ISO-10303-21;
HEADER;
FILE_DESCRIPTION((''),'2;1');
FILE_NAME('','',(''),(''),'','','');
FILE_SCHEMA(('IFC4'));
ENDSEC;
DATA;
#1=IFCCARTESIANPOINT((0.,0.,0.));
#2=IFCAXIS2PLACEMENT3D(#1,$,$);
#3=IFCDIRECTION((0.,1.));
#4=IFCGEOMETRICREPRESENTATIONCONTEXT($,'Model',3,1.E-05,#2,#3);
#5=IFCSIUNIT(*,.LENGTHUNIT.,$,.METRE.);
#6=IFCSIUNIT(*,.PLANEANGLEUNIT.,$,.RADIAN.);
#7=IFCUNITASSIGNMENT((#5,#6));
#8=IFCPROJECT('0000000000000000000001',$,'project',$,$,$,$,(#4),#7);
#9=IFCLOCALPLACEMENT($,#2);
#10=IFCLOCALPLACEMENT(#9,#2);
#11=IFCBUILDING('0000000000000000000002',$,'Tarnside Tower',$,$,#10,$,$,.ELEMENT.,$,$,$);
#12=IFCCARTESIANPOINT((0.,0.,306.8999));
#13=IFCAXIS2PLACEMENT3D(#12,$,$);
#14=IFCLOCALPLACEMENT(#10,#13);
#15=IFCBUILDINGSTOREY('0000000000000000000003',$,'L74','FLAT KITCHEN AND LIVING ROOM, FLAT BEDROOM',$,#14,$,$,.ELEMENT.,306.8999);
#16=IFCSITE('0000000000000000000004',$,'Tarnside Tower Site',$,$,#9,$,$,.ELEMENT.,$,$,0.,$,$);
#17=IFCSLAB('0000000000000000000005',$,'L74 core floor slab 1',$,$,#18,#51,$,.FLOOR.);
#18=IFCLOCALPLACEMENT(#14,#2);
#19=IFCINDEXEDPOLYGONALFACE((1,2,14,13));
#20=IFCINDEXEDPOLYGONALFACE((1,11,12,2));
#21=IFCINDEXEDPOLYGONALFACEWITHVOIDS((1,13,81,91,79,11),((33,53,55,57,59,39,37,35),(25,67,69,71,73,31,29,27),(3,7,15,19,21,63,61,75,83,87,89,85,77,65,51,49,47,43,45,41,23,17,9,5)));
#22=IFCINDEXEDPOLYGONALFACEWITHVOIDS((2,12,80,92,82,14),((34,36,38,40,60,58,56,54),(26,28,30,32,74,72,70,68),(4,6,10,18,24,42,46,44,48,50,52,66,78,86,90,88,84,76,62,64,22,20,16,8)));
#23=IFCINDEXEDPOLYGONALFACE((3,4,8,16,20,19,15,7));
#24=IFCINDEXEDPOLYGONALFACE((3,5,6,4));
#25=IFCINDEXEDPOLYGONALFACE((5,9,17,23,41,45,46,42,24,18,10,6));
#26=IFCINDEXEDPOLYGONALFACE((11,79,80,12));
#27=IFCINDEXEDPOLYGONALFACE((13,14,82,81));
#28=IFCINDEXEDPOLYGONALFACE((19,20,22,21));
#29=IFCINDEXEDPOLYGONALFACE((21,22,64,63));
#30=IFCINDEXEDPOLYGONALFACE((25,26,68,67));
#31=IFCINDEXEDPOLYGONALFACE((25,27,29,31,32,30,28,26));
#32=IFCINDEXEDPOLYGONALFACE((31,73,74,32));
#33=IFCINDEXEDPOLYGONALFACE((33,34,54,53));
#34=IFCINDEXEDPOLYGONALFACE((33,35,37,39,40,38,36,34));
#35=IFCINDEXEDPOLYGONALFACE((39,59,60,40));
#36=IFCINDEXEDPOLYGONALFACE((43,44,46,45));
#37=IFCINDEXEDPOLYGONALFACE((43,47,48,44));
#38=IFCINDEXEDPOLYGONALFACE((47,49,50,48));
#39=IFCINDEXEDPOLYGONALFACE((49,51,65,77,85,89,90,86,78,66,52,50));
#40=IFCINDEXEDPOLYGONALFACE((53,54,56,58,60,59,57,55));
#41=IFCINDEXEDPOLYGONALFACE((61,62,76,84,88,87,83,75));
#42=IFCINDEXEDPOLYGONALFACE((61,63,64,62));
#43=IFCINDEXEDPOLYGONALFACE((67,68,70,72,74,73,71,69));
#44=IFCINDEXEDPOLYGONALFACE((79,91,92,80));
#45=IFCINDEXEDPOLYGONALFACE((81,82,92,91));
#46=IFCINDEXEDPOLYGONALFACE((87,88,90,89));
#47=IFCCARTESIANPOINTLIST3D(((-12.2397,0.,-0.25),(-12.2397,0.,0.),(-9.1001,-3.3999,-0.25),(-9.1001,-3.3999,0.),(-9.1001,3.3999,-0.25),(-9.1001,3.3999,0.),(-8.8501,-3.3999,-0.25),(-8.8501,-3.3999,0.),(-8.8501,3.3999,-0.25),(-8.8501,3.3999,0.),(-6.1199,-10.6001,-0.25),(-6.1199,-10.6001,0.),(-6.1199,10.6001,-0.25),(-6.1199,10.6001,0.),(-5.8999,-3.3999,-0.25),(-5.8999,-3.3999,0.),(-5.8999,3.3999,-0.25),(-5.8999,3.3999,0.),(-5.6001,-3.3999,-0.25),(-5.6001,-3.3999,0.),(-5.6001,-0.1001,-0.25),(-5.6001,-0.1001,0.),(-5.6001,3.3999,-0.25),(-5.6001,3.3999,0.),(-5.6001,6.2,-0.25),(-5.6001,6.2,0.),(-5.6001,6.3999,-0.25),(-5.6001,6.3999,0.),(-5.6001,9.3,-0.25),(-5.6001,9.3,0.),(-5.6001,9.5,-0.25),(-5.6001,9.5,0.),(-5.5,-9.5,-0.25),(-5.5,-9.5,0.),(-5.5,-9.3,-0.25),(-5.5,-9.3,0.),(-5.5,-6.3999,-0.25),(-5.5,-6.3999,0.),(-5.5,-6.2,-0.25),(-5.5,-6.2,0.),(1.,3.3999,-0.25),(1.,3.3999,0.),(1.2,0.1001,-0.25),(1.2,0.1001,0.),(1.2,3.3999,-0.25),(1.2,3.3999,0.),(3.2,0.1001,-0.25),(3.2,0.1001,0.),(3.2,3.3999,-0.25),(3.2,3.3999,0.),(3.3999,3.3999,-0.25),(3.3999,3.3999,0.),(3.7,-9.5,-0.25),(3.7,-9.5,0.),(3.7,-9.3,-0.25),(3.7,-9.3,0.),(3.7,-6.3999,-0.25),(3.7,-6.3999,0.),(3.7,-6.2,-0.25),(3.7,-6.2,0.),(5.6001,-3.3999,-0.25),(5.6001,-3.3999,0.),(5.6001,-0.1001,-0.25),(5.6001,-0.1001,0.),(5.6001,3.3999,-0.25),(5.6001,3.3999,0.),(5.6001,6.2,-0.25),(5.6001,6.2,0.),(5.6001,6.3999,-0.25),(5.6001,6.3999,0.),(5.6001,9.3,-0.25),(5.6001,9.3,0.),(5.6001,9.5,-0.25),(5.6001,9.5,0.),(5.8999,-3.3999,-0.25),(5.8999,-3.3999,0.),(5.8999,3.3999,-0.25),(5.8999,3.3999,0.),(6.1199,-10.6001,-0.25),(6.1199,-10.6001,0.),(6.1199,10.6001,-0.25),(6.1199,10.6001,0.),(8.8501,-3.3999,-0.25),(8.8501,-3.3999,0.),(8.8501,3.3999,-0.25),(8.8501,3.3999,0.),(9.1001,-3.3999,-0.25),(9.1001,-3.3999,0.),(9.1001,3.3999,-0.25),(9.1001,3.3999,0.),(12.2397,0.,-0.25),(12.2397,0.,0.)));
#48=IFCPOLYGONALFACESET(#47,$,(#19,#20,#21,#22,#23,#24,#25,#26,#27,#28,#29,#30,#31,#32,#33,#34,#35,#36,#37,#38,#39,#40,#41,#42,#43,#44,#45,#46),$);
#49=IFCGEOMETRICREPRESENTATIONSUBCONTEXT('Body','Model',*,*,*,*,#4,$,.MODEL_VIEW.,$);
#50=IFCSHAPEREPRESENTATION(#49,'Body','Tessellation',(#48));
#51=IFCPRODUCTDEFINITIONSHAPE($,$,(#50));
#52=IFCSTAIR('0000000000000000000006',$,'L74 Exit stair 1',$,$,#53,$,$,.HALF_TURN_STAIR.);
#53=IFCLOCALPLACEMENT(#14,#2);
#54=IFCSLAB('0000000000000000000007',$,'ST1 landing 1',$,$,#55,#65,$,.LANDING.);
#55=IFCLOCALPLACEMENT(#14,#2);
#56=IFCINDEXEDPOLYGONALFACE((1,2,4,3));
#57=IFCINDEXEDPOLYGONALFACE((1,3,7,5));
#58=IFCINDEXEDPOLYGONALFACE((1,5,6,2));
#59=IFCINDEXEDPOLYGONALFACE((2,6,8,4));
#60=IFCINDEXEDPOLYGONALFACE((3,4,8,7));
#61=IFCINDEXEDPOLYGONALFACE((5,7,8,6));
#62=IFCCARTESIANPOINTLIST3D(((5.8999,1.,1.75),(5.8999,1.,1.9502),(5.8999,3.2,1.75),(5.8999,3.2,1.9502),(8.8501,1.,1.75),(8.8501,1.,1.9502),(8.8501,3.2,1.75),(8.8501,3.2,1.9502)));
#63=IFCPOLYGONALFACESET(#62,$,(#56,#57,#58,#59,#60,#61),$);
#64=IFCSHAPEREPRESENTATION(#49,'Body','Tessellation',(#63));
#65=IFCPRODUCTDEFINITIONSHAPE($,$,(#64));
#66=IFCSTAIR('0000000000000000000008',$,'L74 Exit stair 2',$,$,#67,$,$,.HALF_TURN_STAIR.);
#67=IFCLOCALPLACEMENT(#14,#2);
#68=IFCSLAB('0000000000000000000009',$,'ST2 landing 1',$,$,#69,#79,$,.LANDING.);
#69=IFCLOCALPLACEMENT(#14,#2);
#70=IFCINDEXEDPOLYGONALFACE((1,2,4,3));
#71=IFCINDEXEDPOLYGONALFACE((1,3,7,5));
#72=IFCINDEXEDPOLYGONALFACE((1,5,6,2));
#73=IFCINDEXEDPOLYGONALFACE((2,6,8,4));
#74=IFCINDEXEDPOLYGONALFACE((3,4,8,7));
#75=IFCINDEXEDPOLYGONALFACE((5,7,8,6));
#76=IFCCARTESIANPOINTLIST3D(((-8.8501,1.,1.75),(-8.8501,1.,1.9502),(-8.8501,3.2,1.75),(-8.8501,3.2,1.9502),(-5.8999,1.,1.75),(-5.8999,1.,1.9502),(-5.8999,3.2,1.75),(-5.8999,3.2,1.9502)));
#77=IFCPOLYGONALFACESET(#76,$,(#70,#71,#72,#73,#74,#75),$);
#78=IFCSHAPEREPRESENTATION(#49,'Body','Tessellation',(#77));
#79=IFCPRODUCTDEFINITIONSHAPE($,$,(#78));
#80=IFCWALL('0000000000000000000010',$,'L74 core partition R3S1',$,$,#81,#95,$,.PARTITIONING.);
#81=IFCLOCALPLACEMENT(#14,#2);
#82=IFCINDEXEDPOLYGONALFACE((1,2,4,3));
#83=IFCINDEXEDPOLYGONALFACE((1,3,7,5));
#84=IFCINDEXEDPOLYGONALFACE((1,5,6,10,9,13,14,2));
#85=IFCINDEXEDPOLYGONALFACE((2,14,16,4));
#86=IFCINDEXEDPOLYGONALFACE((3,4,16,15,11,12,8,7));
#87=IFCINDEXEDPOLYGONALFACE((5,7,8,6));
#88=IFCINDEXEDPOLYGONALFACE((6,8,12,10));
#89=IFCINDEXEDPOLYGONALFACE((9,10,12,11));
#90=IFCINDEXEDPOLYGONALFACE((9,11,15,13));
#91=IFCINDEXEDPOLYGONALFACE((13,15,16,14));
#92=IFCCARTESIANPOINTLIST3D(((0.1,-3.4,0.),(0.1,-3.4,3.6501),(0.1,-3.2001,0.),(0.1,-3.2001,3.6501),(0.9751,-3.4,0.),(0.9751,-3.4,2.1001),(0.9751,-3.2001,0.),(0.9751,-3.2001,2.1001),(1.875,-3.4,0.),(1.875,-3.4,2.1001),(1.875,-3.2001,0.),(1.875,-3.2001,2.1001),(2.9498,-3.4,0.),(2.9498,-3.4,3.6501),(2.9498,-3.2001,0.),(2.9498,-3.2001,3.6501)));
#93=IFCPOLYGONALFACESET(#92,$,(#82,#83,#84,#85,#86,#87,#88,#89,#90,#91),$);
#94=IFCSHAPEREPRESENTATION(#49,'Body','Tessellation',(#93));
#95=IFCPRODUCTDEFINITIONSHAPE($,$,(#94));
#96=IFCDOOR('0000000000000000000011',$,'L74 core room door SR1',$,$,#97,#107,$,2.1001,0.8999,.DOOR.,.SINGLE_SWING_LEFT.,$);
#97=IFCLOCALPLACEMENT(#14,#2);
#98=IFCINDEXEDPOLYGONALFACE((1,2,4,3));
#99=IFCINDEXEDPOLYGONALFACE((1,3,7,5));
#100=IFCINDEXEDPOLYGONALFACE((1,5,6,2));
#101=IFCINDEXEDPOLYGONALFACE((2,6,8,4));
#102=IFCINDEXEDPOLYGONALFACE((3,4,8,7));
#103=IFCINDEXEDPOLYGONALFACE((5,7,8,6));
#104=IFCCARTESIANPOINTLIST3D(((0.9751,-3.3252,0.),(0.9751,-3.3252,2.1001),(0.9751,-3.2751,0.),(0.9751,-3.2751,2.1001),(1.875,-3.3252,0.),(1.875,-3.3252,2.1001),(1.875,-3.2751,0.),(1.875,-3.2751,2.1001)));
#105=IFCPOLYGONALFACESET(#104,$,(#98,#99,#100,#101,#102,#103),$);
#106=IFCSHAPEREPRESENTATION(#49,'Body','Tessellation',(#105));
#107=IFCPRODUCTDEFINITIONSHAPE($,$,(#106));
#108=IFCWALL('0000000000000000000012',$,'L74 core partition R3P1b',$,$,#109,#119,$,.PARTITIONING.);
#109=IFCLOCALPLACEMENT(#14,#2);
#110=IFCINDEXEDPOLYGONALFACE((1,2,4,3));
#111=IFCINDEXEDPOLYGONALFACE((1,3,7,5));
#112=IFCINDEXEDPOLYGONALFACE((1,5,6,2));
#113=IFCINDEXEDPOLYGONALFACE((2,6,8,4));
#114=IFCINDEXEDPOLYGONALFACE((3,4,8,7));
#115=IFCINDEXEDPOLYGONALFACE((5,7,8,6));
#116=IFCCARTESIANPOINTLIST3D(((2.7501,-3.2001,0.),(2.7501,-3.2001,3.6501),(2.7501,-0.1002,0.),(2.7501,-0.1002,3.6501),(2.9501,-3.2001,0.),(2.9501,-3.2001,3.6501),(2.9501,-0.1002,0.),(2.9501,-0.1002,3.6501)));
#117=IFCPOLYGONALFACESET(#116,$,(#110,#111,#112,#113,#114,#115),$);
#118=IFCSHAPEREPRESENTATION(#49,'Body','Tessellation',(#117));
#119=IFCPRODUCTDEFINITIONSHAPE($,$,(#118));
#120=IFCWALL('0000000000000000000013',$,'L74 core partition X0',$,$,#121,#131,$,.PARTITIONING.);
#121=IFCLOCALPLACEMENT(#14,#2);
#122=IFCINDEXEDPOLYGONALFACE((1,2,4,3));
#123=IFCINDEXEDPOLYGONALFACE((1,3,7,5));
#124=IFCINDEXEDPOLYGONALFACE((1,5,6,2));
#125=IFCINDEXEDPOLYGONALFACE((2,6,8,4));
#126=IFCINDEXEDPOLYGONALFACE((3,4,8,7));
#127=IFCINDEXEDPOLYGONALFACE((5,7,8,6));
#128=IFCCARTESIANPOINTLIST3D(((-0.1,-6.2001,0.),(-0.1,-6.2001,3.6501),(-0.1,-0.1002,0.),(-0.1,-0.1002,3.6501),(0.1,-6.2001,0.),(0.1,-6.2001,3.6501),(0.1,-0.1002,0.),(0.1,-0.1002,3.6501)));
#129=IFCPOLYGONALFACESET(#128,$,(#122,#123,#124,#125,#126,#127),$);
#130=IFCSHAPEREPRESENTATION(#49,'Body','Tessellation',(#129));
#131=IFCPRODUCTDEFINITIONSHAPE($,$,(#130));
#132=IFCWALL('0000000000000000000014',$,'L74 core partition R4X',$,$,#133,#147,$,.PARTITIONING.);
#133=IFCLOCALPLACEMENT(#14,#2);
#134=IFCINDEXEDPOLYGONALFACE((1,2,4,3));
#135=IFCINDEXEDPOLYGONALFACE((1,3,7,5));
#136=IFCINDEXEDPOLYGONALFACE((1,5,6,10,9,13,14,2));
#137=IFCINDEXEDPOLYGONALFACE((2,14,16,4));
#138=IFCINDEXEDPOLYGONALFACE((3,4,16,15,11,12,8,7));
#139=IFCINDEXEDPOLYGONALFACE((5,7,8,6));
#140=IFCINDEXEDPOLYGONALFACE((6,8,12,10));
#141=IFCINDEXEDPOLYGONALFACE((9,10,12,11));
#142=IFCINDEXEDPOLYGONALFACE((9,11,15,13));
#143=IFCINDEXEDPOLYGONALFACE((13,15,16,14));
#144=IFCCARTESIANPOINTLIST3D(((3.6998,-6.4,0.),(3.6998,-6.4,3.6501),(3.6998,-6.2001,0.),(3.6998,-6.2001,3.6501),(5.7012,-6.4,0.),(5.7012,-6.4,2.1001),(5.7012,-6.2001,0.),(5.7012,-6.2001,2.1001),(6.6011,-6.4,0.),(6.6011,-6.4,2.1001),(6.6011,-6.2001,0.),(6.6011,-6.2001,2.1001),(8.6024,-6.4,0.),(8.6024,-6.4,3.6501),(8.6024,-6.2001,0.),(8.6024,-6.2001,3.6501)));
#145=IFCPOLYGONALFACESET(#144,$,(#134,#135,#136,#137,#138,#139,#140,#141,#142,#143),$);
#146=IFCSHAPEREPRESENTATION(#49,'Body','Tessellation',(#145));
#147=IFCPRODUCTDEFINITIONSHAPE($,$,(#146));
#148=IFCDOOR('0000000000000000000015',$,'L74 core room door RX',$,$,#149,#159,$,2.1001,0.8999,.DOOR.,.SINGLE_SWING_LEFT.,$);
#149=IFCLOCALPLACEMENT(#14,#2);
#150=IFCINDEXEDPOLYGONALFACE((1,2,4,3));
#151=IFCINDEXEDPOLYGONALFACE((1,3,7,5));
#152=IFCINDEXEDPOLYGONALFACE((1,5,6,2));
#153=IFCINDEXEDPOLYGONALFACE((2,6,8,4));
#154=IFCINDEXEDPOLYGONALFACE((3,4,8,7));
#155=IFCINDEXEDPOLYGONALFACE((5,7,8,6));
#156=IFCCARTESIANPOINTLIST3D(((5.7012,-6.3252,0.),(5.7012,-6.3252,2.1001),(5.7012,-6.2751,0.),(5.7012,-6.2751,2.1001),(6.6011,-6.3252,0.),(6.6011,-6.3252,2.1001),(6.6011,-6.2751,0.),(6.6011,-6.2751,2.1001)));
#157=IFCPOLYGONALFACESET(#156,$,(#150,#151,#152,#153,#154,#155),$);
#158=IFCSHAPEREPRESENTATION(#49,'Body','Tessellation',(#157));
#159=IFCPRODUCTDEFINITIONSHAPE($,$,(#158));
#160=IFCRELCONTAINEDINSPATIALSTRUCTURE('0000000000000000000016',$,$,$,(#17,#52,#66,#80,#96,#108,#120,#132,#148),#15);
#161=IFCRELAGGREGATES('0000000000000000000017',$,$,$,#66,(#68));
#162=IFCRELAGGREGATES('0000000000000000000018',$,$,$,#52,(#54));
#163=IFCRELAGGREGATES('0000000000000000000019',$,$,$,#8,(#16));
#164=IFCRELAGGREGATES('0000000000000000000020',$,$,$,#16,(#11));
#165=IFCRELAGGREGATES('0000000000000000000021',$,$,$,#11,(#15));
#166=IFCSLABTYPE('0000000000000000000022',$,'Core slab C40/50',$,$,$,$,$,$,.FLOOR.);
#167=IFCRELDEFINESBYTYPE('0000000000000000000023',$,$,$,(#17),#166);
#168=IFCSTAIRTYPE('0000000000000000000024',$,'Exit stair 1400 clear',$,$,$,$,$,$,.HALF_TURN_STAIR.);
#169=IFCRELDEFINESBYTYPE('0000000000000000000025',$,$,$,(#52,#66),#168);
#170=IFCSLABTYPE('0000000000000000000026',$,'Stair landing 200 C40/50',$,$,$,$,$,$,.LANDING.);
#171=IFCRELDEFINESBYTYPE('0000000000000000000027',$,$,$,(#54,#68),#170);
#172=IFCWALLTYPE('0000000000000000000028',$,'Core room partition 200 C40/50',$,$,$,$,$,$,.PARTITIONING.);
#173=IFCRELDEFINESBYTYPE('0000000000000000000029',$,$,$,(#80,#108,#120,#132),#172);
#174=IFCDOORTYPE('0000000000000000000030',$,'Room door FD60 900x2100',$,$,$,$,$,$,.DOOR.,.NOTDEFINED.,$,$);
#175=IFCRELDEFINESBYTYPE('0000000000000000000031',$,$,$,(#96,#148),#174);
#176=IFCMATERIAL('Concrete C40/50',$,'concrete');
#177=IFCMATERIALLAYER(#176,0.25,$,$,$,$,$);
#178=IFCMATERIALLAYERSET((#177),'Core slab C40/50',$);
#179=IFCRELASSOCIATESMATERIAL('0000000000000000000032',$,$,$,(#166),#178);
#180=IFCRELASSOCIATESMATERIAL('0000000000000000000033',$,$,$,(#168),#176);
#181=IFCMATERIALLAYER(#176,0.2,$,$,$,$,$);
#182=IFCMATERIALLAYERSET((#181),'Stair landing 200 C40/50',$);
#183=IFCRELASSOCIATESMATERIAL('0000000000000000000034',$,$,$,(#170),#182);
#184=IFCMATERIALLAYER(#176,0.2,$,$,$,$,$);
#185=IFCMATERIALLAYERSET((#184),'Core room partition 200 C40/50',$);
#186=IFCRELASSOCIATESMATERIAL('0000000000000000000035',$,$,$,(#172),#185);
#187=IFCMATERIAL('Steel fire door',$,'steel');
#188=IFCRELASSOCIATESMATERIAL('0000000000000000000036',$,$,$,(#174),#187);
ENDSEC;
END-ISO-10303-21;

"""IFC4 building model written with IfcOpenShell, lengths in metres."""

from ifc_helpers import new_model, si_unit, direction, frame, frame_2d, origin, place, context, subcontext, project, spatial, polyline, rectangle, outline, extrude, material, layer, layer_set, type_object, element, fill, aggregate, save


model = new_model("IFC4")

# Units and contexts
model_context = context("Model", 3, precision=1e-05, world=origin(), true_north=direction((0.0, 1.0)))
body_context = subcontext(model_context, "Body", "Model", "MODEL_VIEW")
ifc_project = project(units=[si_unit("LENGTHUNIT", "METRE"), si_unit("PLANEANGLEUNIT", "RADIAN")], contexts=[model_context])

# Site, building, storey
site_placement = place(None, origin())
site = spatial("IfcSite", under=ifc_project, at=site_placement, Name="Tarnside Tower Site", CompositionType="ELEMENT", RefElevation=0.0)
building_placement = place(site_placement, origin())
building = spatial("IfcBuilding", under=site, at=building_placement, Name="Tarnside Tower", CompositionType="ELEMENT")
storey_placement = place(building_placement, frame((0.0, 0.0, 306.8999)))
storey = spatial("IfcBuildingStorey", under=building, at=storey_placement, Name="L74", Description="FLAT KITCHEN AND LIVING ROOM, FLAT BEDROOM", CompositionType="ELEMENT", Elevation=306.8999)

# Slab
ifc_material_1 = material(Name="Concrete C40/50", Category="concrete")
ifc_layer_1 = layer(ifc_material_1, 0.25)
ifc_layer_set_1 = layer_set([ifc_layer_1], Name="Core slab C40/50")
slab_type_1 = type_object("IfcSlabType", Name="Core slab C40/50", PredefinedType="FLOOR", material=ifc_layer_set_1)
slab_1_placement = place(storey_placement, frame((0.0, 0.0, -0.25)))
element("IfcSlab", 1, at=slab_1_placement, inside=storey, type_object=slab_type_1, Name="L74 core floor slab 1", PredefinedType="FLOOR", context=body_context, shape_type="SweptSolid", body=[
    extrude(outline(polyline([(6.1199, 10.6001), (12.2397, 0.0), (6.1199, -10.6001), (-6.1199, -10.6001), (-12.2397, 0.0), (-6.1199, 10.6001), (6.1199, 10.6001)]), holes=[polyline([(-5.5, -9.5), (3.7, -9.5), (3.7, -9.3), (3.7, -6.3999), (3.7, -6.2), (-5.5, -6.2), (-5.5, -6.3999), (-5.5, -9.3), (-5.5, -9.5)]), polyline([(-5.6001, -3.3999), (-5.6001, -0.1001), (5.6001, -0.1001), (5.6001, -3.3999), (5.8999, -3.3999), (8.8501, -3.3999), (9.1001, -3.3999), (9.1001, 3.3999), (8.8501, 3.3999), (5.8999, 3.3999), (5.6001, 3.3999), (3.3999, 3.3999), (3.2, 3.3999), (3.2, 0.1001), (1.2, 0.1001), (1.2, 3.3999), (1.0, 3.3999), (-5.6001, 3.3999), (-5.8999, 3.3999), (-8.8501, 3.3999), (-9.1001, 3.3999), (-9.1001, -3.3999), (-8.8501, -3.3999), (-5.8999, -3.3999), (-5.6001, -3.3999)]), polyline([(-5.6001, 6.2), (5.6001, 6.2), (5.6001, 6.3999), (5.6001, 9.3), (5.6001, 9.5), (-5.6001, 9.5), (-5.6001, 9.3), (-5.6001, 6.3999), (-5.6001, 6.2)])]), origin(), (0.0, 0.0, 1.0), 0.25),
])

# Stairs, slabs
stair_type = type_object("IfcStairType", Name="Exit stair 1400 clear", PredefinedType="HALF_TURN_STAIR", material=ifc_material_1)
stair_1_placement = place(storey_placement, origin())
stair_1 = element("IfcStair", 2, at=stair_1_placement, inside=storey, type_object=stair_type, Name="L74 Exit stair 1", PredefinedType="HALF_TURN_STAIR")
ifc_layer_2 = layer(ifc_material_1, 0.2)
ifc_layer_set_2 = layer_set([ifc_layer_2], Name="Stair landing 200 C40/50")
slab_type_2 = type_object("IfcSlabType", Name="Stair landing 200 C40/50", PredefinedType="LANDING", material=ifc_layer_set_2)
slab_2_placement = place(storey_placement, frame((0.0, 0.0, 1.75)))
slab_2 = element("IfcSlab", 3, at=slab_2_placement, type_object=slab_type_2, Name="ST1 landing 1", PredefinedType="LANDING", context=body_context, shape_type="SweptSolid", body=[
    extrude(outline(polyline([(8.8501, 1.0), (8.8501, 3.2), (5.8999, 3.2), (5.8999, 1.0), (8.8501, 1.0)])), origin(), (0.0, 0.0, 1.0), 0.2002),
])
stair_2_placement = place(storey_placement, origin())
stair_2 = element("IfcStair", 4, at=stair_2_placement, inside=storey, type_object=stair_type, Name="L74 Exit stair 2", PredefinedType="HALF_TURN_STAIR")
slab_3_placement = place(storey_placement, frame((0.0, 0.0, 1.75)))
slab_3 = element("IfcSlab", 5, at=slab_3_placement, type_object=slab_type_2, Name="ST2 landing 1", PredefinedType="LANDING", context=body_context, shape_type="SweptSolid", body=[
    extrude(outline(polyline([(-5.8999, 1.0), (-5.8999, 3.2), (-8.8501, 3.2), (-8.8501, 1.0), (-5.8999, 1.0)])), origin(), (0.0, 0.0, 1.0), 0.2002),
])
aggregate(stair_2, [slab_3])

# Wall, opening, door
ifc_layer_3 = layer(ifc_material_1, 0.2)
ifc_layer_set_3 = layer_set([ifc_layer_3], Name="Core room partition 200 C40/50")
wall_type_1 = type_object("IfcWallType", Name="Core room partition 200 C40/50", PredefinedType="PARTITIONING", material=ifc_layer_set_3)
wall_1_placement = place(storey_placement, frame((0.1001, -3.3, 0.0), z_axis=(0.0, 0.0, 1.0), x_axis=(1.0, 0.0, 0.0)))
wall_1 = element("IfcWall", 6, at=wall_1_placement, inside=storey, type_object=wall_type_1, Name="L74 core partition R3S1", PredefinedType="PARTITIONING", context=body_context, shape_type="SweptSolid", body=[
    extrude(rectangle(XDim=2.8499, YDim=0.2, at=frame_2d((1.4248, 0.0))), origin(), (0.0, 0.0, 1.0), 3.6501),
])
opening_1_placement = place(wall_1_placement, frame((0.875, 0.0, 0.0)))
opening_1 = element("IfcOpeningElement", 7, at=opening_1_placement, cuts=wall_1, PredefinedType="OPENING", context=body_context, shape_type="SweptSolid", body=[
    extrude(rectangle(XDim=0.8999, YDim=2.1001, at=frame_2d((0.45, 1.05))), frame((0.0, 0.1099, 0.0), z_axis=(0.0, -1.0, 0.0), x_axis=(1.0, 0.0, 0.0)), (0.0, 0.0, 1.0), 0.22),
])
ifc_material_2 = material(Name="Steel fire door", Category="steel")
door_type_1 = type_object("IfcDoorType", Name="Room door FD60 900x2100", OperationType="NOTDEFINED", PredefinedType="DOOR", material=ifc_material_2)
door_1_placement = place(opening_1_placement, origin())
door_1 = element("IfcDoor", 8, at=door_1_placement, inside=storey, type_object=door_type_1, Name="L74 core room door SR1", OperationType="SINGLE_SWING_LEFT", OverallHeight=2.1001, OverallWidth=0.8999, PredefinedType="DOOR", context=body_context, shape_type="SweptSolid", body=[
    extrude(rectangle(XDim=0.8999, YDim=2.1001, at=frame_2d((0.45, 1.05))), frame((0.0, 0.0249, 0.0), z_axis=(0.0, -1.0, 0.0), x_axis=(1.0, 0.0, 0.0)), (0.0, 0.0, 1.0), 0.05),
])
fill(opening_1, door_1)

# Walls
wall_2_placement = place(storey_placement, frame((2.8501, -3.2, 0.0), z_axis=(0.0, 0.0, 1.0), x_axis=(0.0, 1.0, 0.0)))
element("IfcWall", 9, at=wall_2_placement, inside=storey, type_object=wall_type_1, Name="L74 core partition R3P1b", PredefinedType="PARTITIONING", context=body_context, shape_type="SweptSolid", body=[
    extrude(rectangle(XDim=3.0999, YDim=0.2, at=frame_2d((1.5498, 0.0))), origin(), (0.0, 0.0, 1.0), 3.6501),
])
wall_3_placement = place(storey_placement, frame((0.0, -6.2, 0.0), z_axis=(0.0, 0.0, 1.0), x_axis=(0.0, 1.0, 0.0)))
element("IfcWall", 10, at=wall_3_placement, inside=storey, type_object=wall_type_1, Name="L74 core partition X0", PredefinedType="PARTITIONING", context=body_context, shape_type="SweptSolid", body=[
    extrude(rectangle(XDim=6.0999, YDim=0.2, at=frame_2d((3.0498, 0.0))), origin(), (0.0, 0.0, 1.0), 3.6501),
])

# Wall, opening, door
wall_4_placement = place(storey_placement, frame((3.7, -6.3, 0.0), z_axis=(0.0, 0.0, 1.0), x_axis=(1.0, 0.0, 0.0)))
wall_4 = element("IfcWall", 11, at=wall_4_placement, inside=storey, type_object=wall_type_1, Name="L74 core partition R4X", PredefinedType="PARTITIONING", context=body_context, shape_type="SweptSolid", body=[
    extrude(rectangle(XDim=4.9026, YDim=0.2, at=frame_2d((2.4512, 0.0))), origin(), (0.0, 0.0, 1.0), 3.6501),
])
opening_2_placement = place(wall_4_placement, frame((2.0012, 0.0, 0.0)))
opening_2 = element("IfcOpeningElement", 12, at=opening_2_placement, cuts=wall_4, PredefinedType="OPENING", context=body_context, shape_type="SweptSolid", body=[
    extrude(rectangle(XDim=0.8999, YDim=2.1001, at=frame_2d((0.45, 1.05))), frame((0.0, 0.1099, 0.0), z_axis=(0.0, -1.0, 0.0), x_axis=(1.0, 0.0, 0.0)), (0.0, 0.0, 1.0), 0.22),
])
door_2_placement = place(opening_2_placement, origin())
door_2 = element("IfcDoor", 13, at=door_2_placement, inside=storey, type_object=door_type_1, Name="L74 core room door RX", OperationType="SINGLE_SWING_LEFT", OverallHeight=2.1001, OverallWidth=0.8999, PredefinedType="DOOR", context=body_context, shape_type="SweptSolid", body=[
    extrude(rectangle(XDim=0.8999, YDim=2.1001, at=frame_2d((0.45, 1.05))), frame((0.0, 0.0249, 0.0), z_axis=(0.0, -1.0, 0.0), x_axis=(1.0, 0.0, 0.0)), (0.0, 0.0, 1.0), 0.05),
])
fill(opening_2, door_2)

aggregate(stair_1, [slab_2])

save(model, "model.ifc")
